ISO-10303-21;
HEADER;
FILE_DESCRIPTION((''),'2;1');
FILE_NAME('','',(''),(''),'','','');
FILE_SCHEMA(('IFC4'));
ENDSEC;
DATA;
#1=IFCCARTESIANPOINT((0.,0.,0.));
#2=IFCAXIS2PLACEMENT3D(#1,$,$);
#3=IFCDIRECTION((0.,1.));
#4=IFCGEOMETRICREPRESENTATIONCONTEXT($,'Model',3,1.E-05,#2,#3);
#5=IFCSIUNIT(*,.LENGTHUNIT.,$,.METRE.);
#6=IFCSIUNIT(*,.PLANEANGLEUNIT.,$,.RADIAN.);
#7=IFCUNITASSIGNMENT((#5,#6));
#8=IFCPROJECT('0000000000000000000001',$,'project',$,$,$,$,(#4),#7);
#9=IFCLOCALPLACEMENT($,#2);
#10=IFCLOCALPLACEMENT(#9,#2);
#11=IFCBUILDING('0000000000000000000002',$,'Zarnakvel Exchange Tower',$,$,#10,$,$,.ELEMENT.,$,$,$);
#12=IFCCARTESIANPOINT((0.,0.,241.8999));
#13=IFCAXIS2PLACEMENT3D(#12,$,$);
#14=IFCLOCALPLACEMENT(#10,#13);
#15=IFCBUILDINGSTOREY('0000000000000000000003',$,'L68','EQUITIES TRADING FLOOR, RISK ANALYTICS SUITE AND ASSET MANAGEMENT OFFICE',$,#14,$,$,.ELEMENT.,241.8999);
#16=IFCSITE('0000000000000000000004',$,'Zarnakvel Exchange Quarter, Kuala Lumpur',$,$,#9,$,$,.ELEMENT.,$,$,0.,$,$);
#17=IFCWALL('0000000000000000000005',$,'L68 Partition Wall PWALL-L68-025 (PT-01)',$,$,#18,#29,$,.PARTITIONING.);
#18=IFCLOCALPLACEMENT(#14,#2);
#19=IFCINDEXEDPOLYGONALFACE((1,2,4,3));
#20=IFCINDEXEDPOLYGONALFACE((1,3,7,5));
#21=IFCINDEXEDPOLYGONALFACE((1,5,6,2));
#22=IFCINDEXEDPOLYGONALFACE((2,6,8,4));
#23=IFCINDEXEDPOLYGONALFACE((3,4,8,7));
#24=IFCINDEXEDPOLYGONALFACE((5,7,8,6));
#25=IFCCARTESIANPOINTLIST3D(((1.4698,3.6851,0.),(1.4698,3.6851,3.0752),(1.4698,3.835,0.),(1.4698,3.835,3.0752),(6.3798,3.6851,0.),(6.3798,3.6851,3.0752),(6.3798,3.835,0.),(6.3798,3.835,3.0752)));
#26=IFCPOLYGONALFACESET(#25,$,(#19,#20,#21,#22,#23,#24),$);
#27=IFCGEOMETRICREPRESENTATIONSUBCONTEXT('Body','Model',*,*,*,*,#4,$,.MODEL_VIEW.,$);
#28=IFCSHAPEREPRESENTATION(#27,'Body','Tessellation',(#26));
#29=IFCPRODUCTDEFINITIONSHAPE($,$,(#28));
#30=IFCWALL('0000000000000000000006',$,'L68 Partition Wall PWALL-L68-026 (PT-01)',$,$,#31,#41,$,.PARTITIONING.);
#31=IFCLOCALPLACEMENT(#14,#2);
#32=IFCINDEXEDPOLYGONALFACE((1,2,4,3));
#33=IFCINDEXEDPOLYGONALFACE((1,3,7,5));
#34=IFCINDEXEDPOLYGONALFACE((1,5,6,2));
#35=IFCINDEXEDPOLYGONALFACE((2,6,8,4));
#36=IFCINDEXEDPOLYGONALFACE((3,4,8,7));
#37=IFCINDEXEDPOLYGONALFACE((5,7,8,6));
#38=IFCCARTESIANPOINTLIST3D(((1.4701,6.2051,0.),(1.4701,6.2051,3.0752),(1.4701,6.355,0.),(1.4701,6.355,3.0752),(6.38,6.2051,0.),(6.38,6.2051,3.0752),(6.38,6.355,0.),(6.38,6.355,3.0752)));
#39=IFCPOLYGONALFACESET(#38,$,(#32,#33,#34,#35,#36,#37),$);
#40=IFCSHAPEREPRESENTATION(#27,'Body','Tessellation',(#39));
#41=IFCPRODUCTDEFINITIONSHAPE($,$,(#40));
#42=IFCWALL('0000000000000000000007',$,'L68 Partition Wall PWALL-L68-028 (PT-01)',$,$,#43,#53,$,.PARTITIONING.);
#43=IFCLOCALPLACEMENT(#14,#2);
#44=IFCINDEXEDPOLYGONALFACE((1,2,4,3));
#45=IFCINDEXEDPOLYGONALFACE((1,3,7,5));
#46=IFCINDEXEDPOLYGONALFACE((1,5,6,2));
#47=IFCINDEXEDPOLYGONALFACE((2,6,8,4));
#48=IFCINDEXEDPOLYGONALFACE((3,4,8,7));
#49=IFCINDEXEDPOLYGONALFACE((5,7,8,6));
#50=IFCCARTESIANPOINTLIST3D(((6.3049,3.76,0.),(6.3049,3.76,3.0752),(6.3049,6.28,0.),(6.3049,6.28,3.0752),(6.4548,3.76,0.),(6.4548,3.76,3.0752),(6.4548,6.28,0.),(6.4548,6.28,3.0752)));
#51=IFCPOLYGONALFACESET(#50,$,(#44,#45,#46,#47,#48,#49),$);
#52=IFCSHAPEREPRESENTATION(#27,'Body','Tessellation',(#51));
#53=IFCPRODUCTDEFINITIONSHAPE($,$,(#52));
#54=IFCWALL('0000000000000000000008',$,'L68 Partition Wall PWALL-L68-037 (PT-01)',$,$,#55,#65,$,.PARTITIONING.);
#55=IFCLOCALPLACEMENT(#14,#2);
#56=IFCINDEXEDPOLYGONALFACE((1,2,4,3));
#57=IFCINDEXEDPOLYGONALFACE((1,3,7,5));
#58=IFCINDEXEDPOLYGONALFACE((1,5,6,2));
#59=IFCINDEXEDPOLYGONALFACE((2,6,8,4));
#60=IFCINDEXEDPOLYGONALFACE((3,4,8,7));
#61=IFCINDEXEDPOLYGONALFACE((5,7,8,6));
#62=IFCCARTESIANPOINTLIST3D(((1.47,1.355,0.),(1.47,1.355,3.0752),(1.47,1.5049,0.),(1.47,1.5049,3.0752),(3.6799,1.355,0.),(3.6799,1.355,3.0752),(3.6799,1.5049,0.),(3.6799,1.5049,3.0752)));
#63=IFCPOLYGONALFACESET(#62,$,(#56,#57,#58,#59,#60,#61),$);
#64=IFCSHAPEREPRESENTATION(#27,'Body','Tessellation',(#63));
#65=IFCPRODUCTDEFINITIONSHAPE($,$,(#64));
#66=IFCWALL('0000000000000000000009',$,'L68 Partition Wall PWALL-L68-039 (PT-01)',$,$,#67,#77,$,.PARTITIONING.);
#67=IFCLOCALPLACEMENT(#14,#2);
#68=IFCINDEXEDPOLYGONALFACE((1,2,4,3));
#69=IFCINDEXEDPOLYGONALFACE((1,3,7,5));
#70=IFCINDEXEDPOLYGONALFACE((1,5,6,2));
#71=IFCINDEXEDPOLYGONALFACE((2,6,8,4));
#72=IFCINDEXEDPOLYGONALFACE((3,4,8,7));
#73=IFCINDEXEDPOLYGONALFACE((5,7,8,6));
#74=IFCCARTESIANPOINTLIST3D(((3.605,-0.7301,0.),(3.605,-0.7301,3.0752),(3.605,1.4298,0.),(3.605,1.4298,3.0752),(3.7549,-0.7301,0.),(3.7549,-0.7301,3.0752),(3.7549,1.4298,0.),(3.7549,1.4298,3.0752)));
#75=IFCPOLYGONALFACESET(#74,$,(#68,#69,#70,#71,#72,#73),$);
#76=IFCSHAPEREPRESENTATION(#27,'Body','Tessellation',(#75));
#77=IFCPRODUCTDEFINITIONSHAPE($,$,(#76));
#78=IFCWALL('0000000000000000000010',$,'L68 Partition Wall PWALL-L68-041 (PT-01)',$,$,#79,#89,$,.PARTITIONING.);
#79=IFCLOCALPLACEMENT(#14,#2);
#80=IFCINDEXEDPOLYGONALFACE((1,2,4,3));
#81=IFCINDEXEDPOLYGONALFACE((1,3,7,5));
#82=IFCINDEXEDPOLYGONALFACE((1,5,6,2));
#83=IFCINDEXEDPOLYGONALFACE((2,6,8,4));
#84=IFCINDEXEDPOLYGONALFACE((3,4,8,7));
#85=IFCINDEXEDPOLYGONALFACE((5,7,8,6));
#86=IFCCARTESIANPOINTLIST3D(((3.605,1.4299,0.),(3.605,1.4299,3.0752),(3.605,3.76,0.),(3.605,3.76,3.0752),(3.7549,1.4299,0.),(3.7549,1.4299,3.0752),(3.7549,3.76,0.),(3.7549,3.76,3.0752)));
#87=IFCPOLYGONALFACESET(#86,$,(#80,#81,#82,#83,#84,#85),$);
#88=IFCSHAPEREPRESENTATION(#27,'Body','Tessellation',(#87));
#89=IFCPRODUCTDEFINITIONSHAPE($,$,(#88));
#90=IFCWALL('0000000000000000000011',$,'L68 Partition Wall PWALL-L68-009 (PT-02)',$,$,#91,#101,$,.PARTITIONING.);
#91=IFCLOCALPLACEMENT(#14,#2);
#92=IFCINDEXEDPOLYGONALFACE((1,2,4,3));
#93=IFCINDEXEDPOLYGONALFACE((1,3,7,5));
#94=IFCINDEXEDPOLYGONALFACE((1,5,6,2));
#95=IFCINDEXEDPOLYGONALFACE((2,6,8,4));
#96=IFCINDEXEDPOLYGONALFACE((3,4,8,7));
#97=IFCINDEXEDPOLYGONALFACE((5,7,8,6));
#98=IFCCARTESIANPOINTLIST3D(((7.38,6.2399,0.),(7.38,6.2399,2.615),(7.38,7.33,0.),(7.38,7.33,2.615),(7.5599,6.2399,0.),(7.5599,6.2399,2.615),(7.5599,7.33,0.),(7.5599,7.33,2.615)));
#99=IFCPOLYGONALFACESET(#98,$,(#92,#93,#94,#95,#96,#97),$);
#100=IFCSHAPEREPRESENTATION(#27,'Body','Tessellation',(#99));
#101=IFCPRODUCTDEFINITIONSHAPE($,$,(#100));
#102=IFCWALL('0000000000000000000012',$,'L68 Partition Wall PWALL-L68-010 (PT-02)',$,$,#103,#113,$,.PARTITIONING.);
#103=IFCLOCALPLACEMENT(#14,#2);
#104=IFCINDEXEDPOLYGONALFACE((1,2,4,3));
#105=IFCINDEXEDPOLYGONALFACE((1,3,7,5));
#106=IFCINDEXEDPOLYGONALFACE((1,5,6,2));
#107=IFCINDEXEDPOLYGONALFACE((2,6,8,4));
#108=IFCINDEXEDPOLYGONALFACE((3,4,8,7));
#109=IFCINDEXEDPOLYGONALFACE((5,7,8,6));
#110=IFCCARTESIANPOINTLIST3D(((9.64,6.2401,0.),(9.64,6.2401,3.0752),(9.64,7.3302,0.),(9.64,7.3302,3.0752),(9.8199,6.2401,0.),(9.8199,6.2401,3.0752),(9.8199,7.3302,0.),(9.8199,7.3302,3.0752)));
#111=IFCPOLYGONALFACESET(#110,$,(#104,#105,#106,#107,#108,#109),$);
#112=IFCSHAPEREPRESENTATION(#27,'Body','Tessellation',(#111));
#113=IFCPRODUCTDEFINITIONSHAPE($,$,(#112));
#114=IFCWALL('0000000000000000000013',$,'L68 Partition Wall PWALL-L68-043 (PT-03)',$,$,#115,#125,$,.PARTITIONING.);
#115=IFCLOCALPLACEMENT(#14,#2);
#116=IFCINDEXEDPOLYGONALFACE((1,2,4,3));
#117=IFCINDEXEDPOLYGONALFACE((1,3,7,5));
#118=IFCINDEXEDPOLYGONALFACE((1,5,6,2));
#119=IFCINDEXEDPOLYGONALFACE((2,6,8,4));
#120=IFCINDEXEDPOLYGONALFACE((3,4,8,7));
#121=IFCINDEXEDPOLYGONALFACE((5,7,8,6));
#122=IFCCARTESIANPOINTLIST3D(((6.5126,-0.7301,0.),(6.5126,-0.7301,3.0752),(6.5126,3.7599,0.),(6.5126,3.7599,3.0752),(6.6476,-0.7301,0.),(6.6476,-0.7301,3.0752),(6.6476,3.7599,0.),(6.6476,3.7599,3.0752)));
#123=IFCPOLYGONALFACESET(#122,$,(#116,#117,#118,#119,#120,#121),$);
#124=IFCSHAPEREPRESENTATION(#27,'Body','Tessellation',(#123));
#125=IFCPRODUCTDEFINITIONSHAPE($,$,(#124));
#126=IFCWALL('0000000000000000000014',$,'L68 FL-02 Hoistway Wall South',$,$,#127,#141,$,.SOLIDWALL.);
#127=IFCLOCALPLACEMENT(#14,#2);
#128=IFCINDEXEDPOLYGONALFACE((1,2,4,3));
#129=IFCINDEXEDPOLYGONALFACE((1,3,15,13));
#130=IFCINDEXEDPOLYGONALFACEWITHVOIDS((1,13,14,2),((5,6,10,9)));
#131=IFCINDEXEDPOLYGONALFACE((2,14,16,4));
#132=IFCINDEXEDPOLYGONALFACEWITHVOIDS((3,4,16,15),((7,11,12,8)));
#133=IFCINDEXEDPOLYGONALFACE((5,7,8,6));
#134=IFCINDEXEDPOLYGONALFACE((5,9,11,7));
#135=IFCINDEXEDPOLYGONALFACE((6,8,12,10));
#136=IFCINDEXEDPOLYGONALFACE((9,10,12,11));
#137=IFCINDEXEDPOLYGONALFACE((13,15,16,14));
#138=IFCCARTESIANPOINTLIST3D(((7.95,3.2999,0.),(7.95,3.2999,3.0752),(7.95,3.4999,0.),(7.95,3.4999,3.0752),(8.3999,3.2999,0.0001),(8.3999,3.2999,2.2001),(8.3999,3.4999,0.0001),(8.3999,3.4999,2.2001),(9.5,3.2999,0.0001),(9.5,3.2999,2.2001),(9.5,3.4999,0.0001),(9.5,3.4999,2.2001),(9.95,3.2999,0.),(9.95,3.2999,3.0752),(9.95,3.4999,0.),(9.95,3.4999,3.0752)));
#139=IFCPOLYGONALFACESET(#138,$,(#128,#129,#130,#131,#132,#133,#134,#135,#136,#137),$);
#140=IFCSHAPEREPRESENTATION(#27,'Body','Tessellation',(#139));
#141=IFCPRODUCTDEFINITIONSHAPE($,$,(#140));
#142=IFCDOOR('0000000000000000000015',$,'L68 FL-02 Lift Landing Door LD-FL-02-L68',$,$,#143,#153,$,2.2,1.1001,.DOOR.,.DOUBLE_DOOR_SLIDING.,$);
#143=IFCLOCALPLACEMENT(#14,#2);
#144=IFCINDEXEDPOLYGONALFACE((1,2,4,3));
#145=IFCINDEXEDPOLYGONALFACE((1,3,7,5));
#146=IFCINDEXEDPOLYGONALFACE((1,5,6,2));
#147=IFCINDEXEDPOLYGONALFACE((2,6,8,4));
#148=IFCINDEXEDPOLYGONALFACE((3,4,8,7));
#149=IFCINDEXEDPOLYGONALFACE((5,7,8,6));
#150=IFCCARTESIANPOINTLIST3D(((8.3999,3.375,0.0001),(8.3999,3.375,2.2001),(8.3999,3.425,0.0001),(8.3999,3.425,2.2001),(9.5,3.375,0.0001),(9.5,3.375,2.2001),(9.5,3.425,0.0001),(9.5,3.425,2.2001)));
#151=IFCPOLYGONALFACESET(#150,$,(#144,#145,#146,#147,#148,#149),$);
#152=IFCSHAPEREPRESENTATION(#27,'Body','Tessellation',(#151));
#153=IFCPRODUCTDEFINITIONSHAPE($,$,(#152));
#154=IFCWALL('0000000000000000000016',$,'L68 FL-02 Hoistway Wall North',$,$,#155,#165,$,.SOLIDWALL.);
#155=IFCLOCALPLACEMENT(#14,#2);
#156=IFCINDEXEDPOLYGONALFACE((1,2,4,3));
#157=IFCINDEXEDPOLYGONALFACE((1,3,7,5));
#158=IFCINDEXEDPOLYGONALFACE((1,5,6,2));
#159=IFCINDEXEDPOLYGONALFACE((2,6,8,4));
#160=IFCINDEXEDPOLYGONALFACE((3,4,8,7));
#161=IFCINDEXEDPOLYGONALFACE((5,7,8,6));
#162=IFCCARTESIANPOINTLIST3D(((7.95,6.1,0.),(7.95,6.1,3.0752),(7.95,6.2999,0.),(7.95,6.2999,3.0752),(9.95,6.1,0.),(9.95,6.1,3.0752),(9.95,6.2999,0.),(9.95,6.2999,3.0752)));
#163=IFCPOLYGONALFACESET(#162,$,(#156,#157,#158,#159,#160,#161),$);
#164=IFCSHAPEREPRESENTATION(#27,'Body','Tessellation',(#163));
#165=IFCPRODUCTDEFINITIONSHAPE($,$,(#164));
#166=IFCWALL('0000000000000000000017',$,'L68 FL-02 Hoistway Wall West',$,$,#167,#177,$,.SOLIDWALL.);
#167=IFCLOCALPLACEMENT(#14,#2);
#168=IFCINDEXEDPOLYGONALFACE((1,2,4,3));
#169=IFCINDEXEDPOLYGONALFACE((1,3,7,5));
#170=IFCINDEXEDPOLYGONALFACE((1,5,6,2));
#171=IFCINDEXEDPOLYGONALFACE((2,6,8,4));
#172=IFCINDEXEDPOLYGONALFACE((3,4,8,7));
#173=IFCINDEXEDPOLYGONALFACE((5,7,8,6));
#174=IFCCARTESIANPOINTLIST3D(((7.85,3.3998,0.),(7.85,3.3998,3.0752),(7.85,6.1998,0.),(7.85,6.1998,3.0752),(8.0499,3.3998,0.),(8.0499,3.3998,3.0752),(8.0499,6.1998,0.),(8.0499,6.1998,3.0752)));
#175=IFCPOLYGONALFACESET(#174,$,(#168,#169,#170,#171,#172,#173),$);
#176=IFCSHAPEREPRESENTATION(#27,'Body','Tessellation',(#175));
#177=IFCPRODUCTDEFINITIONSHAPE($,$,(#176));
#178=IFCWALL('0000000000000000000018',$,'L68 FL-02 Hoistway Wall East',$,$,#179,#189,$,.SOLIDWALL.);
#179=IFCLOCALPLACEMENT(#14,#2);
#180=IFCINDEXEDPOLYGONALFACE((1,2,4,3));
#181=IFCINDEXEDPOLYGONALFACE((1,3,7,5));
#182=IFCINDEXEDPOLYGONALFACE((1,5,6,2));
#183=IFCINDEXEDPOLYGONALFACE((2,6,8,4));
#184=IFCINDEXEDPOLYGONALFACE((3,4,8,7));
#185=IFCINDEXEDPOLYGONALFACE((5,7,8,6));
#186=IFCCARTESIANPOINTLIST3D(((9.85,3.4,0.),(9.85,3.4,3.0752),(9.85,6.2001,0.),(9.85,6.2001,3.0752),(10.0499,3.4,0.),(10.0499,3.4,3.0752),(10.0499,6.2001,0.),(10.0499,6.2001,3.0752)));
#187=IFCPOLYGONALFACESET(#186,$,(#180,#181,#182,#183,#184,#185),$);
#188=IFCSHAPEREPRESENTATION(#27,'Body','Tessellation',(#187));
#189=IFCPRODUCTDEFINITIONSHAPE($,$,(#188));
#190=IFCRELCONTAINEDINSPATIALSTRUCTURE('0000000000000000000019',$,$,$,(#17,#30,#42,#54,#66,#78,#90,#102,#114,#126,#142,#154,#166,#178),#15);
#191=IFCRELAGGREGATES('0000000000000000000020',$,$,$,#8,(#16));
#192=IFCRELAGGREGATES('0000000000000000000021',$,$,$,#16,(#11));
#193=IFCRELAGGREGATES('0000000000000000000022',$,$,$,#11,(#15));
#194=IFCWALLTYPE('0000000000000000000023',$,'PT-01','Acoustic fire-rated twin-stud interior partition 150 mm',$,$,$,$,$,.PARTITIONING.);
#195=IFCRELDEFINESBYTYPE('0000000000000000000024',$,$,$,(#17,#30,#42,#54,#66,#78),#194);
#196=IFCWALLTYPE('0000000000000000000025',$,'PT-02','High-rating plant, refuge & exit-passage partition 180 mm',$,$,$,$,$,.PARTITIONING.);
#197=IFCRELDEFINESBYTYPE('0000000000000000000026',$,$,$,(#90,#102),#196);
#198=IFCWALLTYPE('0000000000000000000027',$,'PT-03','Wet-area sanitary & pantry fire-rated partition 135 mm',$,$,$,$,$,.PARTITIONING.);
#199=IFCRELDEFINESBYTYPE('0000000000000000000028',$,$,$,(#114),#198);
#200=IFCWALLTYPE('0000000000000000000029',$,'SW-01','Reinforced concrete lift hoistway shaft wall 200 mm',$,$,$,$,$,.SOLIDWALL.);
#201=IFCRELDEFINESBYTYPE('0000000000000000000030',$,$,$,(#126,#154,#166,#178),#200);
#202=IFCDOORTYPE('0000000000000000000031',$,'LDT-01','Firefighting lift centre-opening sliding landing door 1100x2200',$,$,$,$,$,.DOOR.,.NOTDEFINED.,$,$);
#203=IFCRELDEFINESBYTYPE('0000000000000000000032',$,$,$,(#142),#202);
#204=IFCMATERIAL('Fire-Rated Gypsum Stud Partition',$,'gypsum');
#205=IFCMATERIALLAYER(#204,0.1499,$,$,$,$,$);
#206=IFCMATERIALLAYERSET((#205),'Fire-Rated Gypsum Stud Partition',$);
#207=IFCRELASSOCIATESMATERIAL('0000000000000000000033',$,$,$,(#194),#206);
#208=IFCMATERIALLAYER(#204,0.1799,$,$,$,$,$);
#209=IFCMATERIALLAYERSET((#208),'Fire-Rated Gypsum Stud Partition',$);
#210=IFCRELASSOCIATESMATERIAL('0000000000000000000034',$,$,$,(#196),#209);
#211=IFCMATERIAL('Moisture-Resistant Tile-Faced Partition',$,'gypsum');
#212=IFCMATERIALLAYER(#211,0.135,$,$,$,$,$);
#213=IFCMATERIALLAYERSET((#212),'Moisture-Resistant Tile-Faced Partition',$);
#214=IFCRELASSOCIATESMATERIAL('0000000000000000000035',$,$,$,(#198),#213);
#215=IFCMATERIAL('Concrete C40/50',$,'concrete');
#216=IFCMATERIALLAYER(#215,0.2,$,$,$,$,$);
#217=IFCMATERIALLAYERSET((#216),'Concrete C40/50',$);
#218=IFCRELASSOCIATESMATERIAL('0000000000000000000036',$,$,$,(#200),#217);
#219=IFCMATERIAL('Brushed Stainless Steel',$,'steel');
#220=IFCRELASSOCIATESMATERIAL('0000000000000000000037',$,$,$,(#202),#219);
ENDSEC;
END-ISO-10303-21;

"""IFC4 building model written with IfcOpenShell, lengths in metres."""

from ifc_helpers import new_model, si_unit, direction, frame, frame_2d, origin, place, context, subcontext, project, spatial, rectangle, extrude, source, transform, mapped, material, layer, layer_set, type_object, element, fill, save


model = new_model("IFC4")

# Units and contexts
model_context = context("Model", 3, precision=1e-05, world=origin(), true_north=direction((0.0, 1.0)))
body_context = subcontext(model_context, "Body", "Model", "MODEL_VIEW")
ifc_project = project(units=[si_unit("LENGTHUNIT", "METRE"), si_unit("PLANEANGLEUNIT", "RADIAN")], contexts=[model_context])

# Site, building, storey
site_placement = place(None, origin())
site = spatial("IfcSite", under=ifc_project, at=site_placement, Name="Zarnakvel Exchange Quarter, Kuala Lumpur", CompositionType="ELEMENT", RefElevation=0.0)
building_placement = place(site_placement, origin())
building = spatial("IfcBuilding", under=site, at=building_placement, Name="Zarnakvel Exchange Tower", CompositionType="ELEMENT")
storey_placement = place(building_placement, frame((0.0, 0.0, 241.8999)))
storey = spatial("IfcBuildingStorey", under=building, at=storey_placement, Name="L68", Description="EQUITIES TRADING FLOOR, RISK ANALYTICS SUITE AND ASSET MANAGEMENT OFFICE", CompositionType="ELEMENT", Elevation=241.8999)

# Walls
ifc_material_1 = material(Name="Fire-Rated Gypsum Stud Partition", Category="gypsum")
ifc_layer_1 = layer(ifc_material_1, 0.1499)
ifc_layer_set_1 = layer_set([ifc_layer_1], Name="Fire-Rated Gypsum Stud Partition")
wall_type_1 = type_object("IfcWallType", Name="PT-01", Description="Acoustic fire-rated twin-stud interior partition 150 mm", PredefinedType="PARTITIONING", material=ifc_layer_set_1)
for number, where, z_axis, x_axis, name in (
    (1, (6.3799, 3.76, 0.0), (0.0, 0.0, 1.0), (-1.0, 0.0, 0.0), "L68 Partition Wall PWALL-L68-025 (PT-01)"),
    (2, (1.47, 6.28, 0.0), (0.0, 0.0, 1.0), (1.0, 0.0, 0.0), "L68 Partition Wall PWALL-L68-026 (PT-01)"),
):
    element("IfcWall", number, at=place(storey_placement, frame(where, z_axis=z_axis, x_axis=x_axis)), inside=storey, type_object=wall_type_1, Name=name, PredefinedType="PARTITIONING", context=body_context, shape_type="SweptSolid", body=[
        extrude(rectangle(XDim=4.9099, YDim=0.1499, at=frame_2d((2.4551, 0.0))), origin(), (0.0, 0.0, 1.0), 3.0752),
    ])

# Walls
wall_1_placement = place(storey_placement, frame((6.3799, 6.28, 0.0), z_axis=(0.0, 0.0, 1.0), x_axis=(0.0, -1.0, 0.0)))
element("IfcWall", 3, at=wall_1_placement, inside=storey, type_object=wall_type_1, Name="L68 Partition Wall PWALL-L68-028 (PT-01)", PredefinedType="PARTITIONING", context=body_context, shape_type="SweptSolid", body=[
    extrude(rectangle(XDim=2.52, YDim=0.1499, at=frame_2d((1.26, 0.0))), origin(), (0.0, 0.0, 1.0), 3.0752),
])
wall_2_placement = place(storey_placement, frame((1.47, 1.4299, 0.0), z_axis=(0.0, 0.0, 1.0), x_axis=(1.0, 0.0, 0.0)))
element("IfcWall", 4, at=wall_2_placement, inside=storey, type_object=wall_type_1, Name="L68 Partition Wall PWALL-L68-037 (PT-01)", PredefinedType="PARTITIONING", context=body_context, shape_type="SweptSolid", body=[
    extrude(rectangle(XDim=2.21, YDim=0.1499, at=frame_2d((1.105, 0.0))), origin(), (0.0, 0.0, 1.0), 3.0752),
])
wall_3_placement = place(storey_placement, frame((3.6799, 1.4299, 0.0), z_axis=(0.0, 0.0, 1.0), x_axis=(0.0, -1.0, 0.0)))
element("IfcWall", 5, at=wall_3_placement, inside=storey, type_object=wall_type_1, Name="L68 Partition Wall PWALL-L68-039 (PT-01)", PredefinedType="PARTITIONING", context=body_context, shape_type="SweptSolid", body=[
    extrude(rectangle(XDim=2.1599, YDim=0.1499, at=frame_2d((1.0801, 0.0))), origin(), (0.0, 0.0, 1.0), 3.0752),
])

# Walls
wall_4_placement = place(storey_placement, frame((3.6799, 3.76, 0.0), z_axis=(0.0, 0.0, 1.0), x_axis=(0.0, -1.0, 0.0)))
element("IfcWall", 6, at=wall_4_placement, inside=storey, type_object=wall_type_1, Name="L68 Partition Wall PWALL-L68-041 (PT-01)", PredefinedType="PARTITIONING", context=body_context, shape_type="SweptSolid", body=[
    extrude(rectangle(XDim=2.3301, YDim=0.1499, at=frame_2d((1.165, 0.0))), origin(), (0.0, 0.0, 1.0), 3.0752),
])
ifc_layer_2 = layer(ifc_material_1, 0.1799)
ifc_layer_set_2 = layer_set([ifc_layer_2], Name="Fire-Rated Gypsum Stud Partition")
wall_type_2 = type_object("IfcWallType", Name="PT-02", Description="High-rating plant, refuge & exit-passage partition 180 mm", PredefinedType="PARTITIONING", material=ifc_layer_set_2)
wall_5_placement = place(storey_placement, frame((7.47, 6.24, 0.0), z_axis=(0.0, 0.0, 1.0), x_axis=(0.0, 1.0, 0.0)))
element("IfcWall", 7, at=wall_5_placement, inside=storey, type_object=wall_type_2, Name="L68 Partition Wall PWALL-L68-009 (PT-02)", PredefinedType="PARTITIONING", context=body_context, shape_type="SweptSolid", body=[
    extrude(rectangle(XDim=1.0901, YDim=0.1799, at=frame_2d((0.5449, 0.0))), origin(), (0.0, 0.0, 1.0), 2.615),
])
wall_6_placement = place(storey_placement, frame((9.73, 7.3301, 0.0), z_axis=(0.0, 0.0, 1.0), x_axis=(0.0, -1.0, 0.0)))
element("IfcWall", 8, at=wall_6_placement, inside=storey, type_object=wall_type_2, Name="L68 Partition Wall PWALL-L68-010 (PT-02)", PredefinedType="PARTITIONING", context=body_context, shape_type="SweptSolid", body=[
    extrude(rectangle(XDim=1.0901, YDim=0.1799, at=frame_2d((0.5449, 0.0))), origin(), (0.0, 0.0, 1.0), 3.0752),
])
ifc_material_2 = material(Name="Moisture-Resistant Tile-Faced Partition", Category="gypsum")
ifc_layer_3 = layer(ifc_material_2, 0.135)
ifc_layer_set_3 = layer_set([ifc_layer_3], Name="Moisture-Resistant Tile-Faced Partition")
wall_type_3 = type_object("IfcWallType", Name="PT-03", Description="Wet-area sanitary & pantry fire-rated partition 135 mm", PredefinedType="PARTITIONING", material=ifc_layer_set_3)
wall_7_placement = place(storey_placement, frame((6.5801, 3.76, 0.0), z_axis=(0.0, 0.0, 1.0), x_axis=(0.0, -1.0, 0.0)))
element("IfcWall", 9, at=wall_7_placement, inside=storey, type_object=wall_type_3, Name="L68 Partition Wall PWALL-L68-043 (PT-03)", PredefinedType="PARTITIONING", context=body_context, shape_type="SweptSolid", body=[
    extrude(rectangle(XDim=4.49, YDim=0.135, at=frame_2d((2.2451, 0.0))), origin(), (0.0, 0.0, 1.0), 3.0752),
])

# Wall, opening, door
ifc_material_3 = material(Name="Concrete C40/50", Category="concrete")
ifc_layer_4 = layer(ifc_material_3, 0.2)
ifc_layer_set_4 = layer_set([ifc_layer_4], Name="Concrete C40/50")
wall_type_4 = type_object("IfcWallType", Name="SW-01", Description="Reinforced concrete lift hoistway shaft wall 200 mm", PredefinedType="SOLIDWALL", material=ifc_layer_set_4)
wall_8_placement = place(storey_placement, frame((9.95, 3.3999, 0.0), z_axis=(0.0, 0.0, 1.0), x_axis=(-1.0, 0.0, 0.0)))
wall_8 = element("IfcWall", 10, at=wall_8_placement, inside=storey, type_object=wall_type_4, Name="L68 FL-02 Hoistway Wall South", PredefinedType="SOLIDWALL", context=body_context, shape_type="SweptSolid", body=[
    extrude(rectangle(XDim=2.0, YDim=0.2, at=frame_2d((1.0, 0.0))), origin(), (0.0, 0.0, 1.0), 3.0752),
])
opening_1_placement = place(wall_8_placement, frame((0.45, 0.0, 0.0)))
opening_1 = element("IfcOpeningElement", 11, at=opening_1_placement, cuts=wall_8, PredefinedType="OPENING", context=body_context, shape_type="SweptSolid", body=[
    extrude(rectangle(XDim=1.1001, YDim=2.2, at=frame_2d((0.55, 1.1001))), frame((0.0, 0.1099, 0.0), z_axis=(0.0, -1.0, 0.0), x_axis=(1.0, 0.0, 0.0)), (0.0, 0.0, 1.0), 0.22),
])
ifc_material_4 = material(Name="Brushed Stainless Steel", Category="steel")
door_type_1 = type_object("IfcDoorType", Name="LDT-01", Description="Firefighting lift centre-opening sliding landing door 1100x2200", OperationType="NOTDEFINED", PredefinedType="DOOR", material=ifc_material_4)
shared_shape_1 = source(origin(), body_context, "Body", "SweptSolid", [
    extrude(rectangle(XDim=1.1001, YDim=2.2, at=frame_2d((0.55, 1.1001))), frame((0.0, 0.0249, 0.0), z_axis=(0.0, -1.0, 0.0), x_axis=(1.0, 0.0, 0.0)), (0.0, 0.0, 1.0), 0.05),
])
door_1_placement = place(opening_1_placement, origin())
door_1 = element("IfcDoor", 12, at=door_1_placement, inside=storey, type_object=door_type_1, Name="L68 FL-02 Lift Landing Door LD-FL-02-L68", OperationType="DOUBLE_DOOR_SLIDING", OverallHeight=2.2, OverallWidth=1.1001, PredefinedType="DOOR", context=body_context, shape_type="MappedRepresentation", body=[
    mapped(shared_shape_1, transform((0.0, 0.0, 0.0), x_axis=(1.0, 0.0, 0.0), y_axis=(0.0, 1.0, 0.0), z_axis=(0.0, 0.0, 1.0), scale=1.0)),
])
fill(opening_1, door_1)

# Walls
wall_9_placement = place(storey_placement, frame((7.95, 6.2, 0.0), z_axis=(0.0, 0.0, 1.0), x_axis=(1.0, 0.0, 0.0)))
element("IfcWall", 13, at=wall_9_placement, inside=storey, type_object=wall_type_4, Name="L68 FL-02 Hoistway Wall North", PredefinedType="SOLIDWALL", context=body_context, shape_type="SweptSolid", body=[
    extrude(rectangle(XDim=2.0, YDim=0.2, at=frame_2d((1.0, 0.0))), origin(), (0.0, 0.0, 1.0), 3.0752),
])
for number, where, z_axis, x_axis, name in (
    (14, (7.95, 3.3999, 0.0), (0.0, 0.0, 1.0), (0.0, 1.0, 0.0), "L68 FL-02 Hoistway Wall West"),
    (15, (9.95, 6.2, 0.0), (0.0, 0.0, 1.0), (0.0, -1.0, 0.0), "L68 FL-02 Hoistway Wall East"),
):
    element("IfcWall", number, at=place(storey_placement, frame(where, z_axis=z_axis, x_axis=x_axis)), inside=storey, type_object=wall_type_4, Name=name, PredefinedType="SOLIDWALL", context=body_context, shape_type="SweptSolid", body=[
        extrude(rectangle(XDim=2.8, YDim=0.2, at=frame_2d((1.3999, 0.0))), origin(), (0.0, 0.0, 1.0), 3.0752),
    ])

save(model, "model.ifc")
